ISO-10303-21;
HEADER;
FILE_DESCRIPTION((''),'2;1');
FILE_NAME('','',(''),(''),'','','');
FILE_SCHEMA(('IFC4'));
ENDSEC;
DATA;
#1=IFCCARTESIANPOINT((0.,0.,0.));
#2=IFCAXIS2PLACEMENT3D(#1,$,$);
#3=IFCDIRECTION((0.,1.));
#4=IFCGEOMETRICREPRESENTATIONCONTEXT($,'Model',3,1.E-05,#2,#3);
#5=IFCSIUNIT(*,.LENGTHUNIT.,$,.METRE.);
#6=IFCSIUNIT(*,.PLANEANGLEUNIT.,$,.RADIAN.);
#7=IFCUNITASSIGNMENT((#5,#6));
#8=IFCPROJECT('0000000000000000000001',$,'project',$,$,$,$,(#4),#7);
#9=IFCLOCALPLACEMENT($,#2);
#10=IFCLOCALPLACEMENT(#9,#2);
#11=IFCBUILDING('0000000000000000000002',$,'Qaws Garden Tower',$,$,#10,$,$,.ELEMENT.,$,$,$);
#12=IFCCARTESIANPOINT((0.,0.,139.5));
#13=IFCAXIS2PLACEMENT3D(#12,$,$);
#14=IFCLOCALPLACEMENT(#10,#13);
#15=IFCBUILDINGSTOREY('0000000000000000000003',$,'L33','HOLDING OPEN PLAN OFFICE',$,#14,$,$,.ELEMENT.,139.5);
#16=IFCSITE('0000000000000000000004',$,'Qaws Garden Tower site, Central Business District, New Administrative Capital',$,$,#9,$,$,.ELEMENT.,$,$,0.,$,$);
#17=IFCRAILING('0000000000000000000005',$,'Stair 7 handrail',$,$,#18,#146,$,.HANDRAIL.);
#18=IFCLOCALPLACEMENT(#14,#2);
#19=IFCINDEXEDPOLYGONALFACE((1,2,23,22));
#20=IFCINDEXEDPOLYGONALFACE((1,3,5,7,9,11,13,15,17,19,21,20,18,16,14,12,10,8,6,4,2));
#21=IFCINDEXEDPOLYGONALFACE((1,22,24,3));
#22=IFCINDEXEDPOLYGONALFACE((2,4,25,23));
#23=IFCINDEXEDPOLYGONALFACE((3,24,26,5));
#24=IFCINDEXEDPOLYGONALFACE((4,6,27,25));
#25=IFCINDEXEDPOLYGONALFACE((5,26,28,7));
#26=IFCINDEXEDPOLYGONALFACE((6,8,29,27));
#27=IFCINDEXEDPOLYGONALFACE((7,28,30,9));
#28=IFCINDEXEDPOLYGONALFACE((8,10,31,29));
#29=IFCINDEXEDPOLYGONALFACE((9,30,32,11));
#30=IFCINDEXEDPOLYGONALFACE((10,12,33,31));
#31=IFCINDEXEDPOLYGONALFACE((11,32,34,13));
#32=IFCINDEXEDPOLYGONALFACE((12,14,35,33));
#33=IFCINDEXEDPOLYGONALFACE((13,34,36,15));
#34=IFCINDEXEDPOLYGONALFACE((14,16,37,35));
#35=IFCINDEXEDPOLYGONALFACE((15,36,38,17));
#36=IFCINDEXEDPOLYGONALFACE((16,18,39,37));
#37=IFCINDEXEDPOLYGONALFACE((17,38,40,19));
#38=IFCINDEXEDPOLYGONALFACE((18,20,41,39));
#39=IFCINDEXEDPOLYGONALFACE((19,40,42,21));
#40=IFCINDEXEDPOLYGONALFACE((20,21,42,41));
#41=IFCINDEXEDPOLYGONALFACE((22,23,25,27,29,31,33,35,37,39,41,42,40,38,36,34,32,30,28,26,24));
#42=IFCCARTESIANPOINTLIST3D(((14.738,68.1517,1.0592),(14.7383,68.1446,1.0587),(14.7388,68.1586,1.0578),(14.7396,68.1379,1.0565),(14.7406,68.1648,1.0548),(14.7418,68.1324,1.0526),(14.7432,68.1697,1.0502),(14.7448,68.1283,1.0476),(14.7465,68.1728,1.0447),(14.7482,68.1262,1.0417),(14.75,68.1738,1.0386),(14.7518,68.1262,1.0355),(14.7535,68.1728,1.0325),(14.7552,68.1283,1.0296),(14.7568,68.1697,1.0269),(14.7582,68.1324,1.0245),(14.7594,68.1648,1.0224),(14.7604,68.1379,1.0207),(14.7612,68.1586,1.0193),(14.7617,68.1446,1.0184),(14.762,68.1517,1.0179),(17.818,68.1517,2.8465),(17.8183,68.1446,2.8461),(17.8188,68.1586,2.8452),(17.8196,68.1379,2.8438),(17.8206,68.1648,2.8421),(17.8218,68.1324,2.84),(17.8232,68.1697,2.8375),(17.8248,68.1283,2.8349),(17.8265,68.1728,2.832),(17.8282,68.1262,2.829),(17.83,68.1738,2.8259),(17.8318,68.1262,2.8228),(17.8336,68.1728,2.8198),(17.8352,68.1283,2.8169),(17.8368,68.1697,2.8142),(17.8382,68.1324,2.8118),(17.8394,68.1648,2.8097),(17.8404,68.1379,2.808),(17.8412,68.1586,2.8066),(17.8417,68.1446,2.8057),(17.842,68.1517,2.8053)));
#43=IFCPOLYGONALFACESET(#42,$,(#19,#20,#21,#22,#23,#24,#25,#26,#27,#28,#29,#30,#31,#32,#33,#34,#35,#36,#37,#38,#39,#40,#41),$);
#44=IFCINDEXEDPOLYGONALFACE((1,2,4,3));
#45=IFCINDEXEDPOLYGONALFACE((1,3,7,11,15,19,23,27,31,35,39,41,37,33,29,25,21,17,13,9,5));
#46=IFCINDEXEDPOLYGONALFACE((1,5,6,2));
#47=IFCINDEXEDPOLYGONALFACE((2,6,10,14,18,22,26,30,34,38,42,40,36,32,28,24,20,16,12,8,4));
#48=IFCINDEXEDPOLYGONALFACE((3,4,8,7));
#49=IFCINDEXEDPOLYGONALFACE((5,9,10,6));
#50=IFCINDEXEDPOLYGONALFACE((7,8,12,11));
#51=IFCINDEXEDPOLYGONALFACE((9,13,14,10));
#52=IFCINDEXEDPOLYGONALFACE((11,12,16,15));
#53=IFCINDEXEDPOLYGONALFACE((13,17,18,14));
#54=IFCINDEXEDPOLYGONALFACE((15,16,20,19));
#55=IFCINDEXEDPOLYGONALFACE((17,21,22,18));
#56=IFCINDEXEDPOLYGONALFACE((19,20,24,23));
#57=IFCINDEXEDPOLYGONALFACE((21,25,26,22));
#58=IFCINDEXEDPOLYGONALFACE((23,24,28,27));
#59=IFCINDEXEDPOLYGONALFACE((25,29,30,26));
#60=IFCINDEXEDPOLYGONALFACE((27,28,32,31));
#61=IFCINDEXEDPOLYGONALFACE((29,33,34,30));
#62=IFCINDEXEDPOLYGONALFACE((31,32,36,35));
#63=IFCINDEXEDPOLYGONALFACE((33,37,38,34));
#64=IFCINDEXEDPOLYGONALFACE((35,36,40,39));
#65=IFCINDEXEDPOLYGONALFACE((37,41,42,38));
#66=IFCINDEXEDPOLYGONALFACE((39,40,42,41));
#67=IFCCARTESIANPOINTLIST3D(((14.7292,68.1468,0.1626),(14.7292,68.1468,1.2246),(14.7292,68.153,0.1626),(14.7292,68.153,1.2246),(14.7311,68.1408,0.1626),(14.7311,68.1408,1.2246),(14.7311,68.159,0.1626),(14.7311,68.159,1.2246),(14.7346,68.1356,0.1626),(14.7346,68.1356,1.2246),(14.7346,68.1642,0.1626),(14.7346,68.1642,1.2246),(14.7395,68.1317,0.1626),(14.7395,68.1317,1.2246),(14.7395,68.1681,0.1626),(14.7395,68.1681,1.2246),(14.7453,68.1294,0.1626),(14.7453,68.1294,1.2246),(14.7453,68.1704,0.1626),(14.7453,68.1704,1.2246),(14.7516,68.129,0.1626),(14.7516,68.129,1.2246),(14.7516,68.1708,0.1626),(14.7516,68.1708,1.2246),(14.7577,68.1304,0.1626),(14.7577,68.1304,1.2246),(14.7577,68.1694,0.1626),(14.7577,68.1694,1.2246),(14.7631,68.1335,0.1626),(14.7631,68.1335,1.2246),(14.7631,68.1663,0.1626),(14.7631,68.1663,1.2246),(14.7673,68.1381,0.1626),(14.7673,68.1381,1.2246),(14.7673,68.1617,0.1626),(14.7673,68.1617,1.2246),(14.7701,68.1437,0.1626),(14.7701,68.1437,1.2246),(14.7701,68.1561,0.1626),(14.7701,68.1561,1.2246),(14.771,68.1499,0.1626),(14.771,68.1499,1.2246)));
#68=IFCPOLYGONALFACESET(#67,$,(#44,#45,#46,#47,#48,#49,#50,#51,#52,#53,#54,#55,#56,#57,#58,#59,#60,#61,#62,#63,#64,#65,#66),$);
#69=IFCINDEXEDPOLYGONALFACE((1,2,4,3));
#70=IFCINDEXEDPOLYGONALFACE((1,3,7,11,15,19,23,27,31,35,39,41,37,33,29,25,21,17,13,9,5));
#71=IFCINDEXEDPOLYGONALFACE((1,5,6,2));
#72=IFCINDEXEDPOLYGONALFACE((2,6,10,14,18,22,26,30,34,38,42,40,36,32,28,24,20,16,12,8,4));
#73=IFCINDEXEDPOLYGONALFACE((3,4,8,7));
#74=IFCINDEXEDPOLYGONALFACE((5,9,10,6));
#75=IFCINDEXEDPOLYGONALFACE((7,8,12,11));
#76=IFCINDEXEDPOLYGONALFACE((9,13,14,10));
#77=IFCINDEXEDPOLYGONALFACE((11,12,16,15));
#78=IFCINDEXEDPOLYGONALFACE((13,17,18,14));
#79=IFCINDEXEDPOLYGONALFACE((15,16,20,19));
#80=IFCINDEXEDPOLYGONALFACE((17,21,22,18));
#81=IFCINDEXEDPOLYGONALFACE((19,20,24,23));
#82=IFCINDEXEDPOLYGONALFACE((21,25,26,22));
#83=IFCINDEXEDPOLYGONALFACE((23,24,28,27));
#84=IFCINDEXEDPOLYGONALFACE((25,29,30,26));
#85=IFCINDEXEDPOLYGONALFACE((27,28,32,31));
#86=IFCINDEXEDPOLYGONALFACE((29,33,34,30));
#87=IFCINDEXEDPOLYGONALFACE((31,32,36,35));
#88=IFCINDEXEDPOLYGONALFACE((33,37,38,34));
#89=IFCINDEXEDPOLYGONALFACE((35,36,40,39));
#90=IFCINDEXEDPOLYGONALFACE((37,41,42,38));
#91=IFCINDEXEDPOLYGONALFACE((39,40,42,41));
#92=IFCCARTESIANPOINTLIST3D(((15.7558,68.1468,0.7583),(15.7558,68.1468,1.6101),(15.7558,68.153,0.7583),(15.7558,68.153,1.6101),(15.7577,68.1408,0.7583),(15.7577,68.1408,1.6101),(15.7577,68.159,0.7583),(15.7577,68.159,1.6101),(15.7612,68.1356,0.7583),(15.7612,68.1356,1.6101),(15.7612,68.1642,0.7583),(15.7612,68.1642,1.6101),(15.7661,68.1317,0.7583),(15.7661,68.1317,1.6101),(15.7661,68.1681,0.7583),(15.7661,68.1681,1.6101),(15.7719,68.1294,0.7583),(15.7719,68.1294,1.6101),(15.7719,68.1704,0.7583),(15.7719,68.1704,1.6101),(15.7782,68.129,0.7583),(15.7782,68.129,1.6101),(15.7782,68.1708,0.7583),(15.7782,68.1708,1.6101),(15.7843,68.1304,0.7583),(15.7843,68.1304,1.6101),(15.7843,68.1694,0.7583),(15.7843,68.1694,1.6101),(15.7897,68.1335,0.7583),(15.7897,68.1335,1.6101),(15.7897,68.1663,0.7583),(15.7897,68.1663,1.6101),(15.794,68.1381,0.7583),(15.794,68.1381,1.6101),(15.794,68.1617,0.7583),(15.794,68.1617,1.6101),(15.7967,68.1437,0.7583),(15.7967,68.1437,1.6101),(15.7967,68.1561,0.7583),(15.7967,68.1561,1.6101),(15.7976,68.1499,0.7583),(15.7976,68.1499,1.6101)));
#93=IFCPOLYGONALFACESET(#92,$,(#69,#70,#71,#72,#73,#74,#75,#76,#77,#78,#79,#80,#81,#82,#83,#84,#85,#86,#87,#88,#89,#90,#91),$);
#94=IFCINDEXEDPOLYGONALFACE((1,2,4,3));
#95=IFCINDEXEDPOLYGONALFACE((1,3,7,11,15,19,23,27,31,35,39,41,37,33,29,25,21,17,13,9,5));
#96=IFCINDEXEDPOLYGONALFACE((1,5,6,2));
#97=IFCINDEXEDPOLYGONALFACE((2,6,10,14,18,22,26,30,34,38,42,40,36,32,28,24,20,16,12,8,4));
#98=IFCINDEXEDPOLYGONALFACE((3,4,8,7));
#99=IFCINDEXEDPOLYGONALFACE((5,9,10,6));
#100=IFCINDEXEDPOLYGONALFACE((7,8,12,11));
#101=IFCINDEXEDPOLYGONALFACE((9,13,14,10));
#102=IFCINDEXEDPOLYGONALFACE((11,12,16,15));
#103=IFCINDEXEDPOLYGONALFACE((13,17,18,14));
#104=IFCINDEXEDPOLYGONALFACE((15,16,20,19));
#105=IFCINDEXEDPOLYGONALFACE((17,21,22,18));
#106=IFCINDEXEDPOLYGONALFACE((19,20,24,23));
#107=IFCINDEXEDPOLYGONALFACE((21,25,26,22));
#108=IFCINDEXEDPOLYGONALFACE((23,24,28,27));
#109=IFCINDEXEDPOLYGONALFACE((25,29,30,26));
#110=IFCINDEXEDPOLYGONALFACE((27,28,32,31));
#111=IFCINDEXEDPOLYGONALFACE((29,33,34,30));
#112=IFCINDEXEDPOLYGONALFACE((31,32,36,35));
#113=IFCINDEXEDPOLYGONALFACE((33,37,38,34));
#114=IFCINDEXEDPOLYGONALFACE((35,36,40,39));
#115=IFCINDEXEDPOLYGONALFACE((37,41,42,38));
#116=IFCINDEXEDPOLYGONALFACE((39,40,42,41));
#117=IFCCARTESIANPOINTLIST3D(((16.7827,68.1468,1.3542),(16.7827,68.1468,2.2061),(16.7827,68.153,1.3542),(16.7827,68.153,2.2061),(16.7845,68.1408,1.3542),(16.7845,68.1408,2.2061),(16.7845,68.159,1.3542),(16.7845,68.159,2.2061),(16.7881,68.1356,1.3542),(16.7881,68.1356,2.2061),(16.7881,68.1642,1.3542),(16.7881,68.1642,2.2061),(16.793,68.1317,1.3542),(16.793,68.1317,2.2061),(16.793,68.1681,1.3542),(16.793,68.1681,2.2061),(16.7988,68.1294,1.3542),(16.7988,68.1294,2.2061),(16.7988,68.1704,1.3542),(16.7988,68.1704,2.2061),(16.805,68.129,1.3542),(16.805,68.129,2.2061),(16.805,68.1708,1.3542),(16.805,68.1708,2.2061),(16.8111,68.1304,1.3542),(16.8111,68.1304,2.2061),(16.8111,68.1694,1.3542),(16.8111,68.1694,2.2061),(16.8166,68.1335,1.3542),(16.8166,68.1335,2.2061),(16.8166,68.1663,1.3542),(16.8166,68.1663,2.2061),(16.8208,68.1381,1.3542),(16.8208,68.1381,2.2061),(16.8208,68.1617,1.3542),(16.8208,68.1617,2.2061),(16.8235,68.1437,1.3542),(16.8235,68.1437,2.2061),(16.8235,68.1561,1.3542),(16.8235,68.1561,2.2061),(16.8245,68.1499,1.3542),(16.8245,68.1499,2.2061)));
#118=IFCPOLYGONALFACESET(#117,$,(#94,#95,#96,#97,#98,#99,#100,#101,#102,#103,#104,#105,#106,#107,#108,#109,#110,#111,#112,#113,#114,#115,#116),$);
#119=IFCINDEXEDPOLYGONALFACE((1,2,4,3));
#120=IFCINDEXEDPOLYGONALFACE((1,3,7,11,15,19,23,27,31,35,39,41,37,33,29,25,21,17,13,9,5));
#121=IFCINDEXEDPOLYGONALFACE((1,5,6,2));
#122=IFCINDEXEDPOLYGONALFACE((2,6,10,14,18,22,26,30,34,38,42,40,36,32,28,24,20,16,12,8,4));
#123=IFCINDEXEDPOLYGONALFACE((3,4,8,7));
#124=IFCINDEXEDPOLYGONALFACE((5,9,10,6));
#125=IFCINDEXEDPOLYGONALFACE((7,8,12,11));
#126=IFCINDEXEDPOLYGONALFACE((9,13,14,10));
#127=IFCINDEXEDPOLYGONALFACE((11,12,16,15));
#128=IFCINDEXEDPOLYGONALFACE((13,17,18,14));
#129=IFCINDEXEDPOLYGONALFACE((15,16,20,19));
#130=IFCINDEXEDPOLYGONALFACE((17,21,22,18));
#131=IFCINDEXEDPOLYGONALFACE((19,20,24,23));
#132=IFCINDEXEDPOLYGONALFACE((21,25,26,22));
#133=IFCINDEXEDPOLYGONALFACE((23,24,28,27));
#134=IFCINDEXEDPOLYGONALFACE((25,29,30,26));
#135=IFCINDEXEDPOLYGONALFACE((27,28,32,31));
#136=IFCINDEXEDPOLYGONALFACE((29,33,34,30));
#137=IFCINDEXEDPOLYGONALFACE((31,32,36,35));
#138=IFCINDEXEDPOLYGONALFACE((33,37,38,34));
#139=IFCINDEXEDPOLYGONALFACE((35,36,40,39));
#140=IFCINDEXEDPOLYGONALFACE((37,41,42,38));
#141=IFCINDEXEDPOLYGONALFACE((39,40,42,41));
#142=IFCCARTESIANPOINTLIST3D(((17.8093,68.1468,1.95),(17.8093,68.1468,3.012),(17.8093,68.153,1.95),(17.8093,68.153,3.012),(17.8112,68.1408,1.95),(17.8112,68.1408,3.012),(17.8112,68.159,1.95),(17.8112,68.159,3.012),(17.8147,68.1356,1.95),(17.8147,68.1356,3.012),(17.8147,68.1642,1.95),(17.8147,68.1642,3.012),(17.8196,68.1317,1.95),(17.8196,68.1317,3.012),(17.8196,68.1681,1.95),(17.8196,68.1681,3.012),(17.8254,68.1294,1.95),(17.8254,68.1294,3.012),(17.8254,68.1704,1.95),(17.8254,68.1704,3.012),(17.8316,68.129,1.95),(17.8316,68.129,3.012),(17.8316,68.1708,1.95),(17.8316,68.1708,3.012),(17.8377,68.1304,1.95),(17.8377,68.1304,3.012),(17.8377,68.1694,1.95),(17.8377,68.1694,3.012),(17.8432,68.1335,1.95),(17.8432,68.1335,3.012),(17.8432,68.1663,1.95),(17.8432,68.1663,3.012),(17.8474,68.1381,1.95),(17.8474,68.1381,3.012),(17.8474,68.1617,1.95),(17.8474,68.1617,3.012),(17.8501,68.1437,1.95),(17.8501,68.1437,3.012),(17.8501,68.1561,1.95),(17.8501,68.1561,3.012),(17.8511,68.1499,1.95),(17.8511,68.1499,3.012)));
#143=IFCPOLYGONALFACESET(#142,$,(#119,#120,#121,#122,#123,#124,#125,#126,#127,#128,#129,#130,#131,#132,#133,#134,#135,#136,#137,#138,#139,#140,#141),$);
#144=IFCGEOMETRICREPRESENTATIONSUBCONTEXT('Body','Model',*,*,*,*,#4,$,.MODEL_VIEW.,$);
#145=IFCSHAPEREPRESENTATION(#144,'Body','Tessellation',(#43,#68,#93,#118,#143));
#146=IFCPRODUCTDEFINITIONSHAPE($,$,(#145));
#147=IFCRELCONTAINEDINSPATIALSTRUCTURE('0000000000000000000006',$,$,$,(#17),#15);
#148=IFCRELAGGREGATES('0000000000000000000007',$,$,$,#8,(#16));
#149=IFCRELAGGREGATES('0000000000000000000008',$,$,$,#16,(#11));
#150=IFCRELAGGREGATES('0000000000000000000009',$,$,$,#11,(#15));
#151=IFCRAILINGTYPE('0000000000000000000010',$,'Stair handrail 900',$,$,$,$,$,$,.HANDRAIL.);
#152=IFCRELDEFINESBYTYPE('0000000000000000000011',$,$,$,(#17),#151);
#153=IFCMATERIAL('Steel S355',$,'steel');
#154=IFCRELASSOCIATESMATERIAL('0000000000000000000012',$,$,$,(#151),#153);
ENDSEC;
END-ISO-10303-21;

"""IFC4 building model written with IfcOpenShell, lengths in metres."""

from ifc_helpers import new_model, si_unit, direction, frame, origin, origin_2d, place, context, subcontext, project, spatial, circle, extrude, material, type_object, element, save


model = new_model("IFC4")

# Units and contexts
model_context = context("Model", 3, precision=1e-05, world=origin(), true_north=direction((0.0, 1.0)))
body_context = subcontext(model_context, "Body", "Model", "MODEL_VIEW")
ifc_project = project(units=[si_unit("LENGTHUNIT", "METRE"), si_unit("PLANEANGLEUNIT", "RADIAN")], contexts=[model_context])

# Site, building, storey
site_placement = place(None, origin())
site = spatial("IfcSite", under=ifc_project, at=site_placement, Name="Qaws Garden Tower site, Central Business District, New Administrative Capital", CompositionType="ELEMENT", RefElevation=0.0)
building_placement = place(site_placement, origin())
building = spatial("IfcBuilding", under=site, at=building_placement, Name="Qaws Garden Tower", CompositionType="ELEMENT")
storey_placement = place(building_placement, frame((0.0, 0.0, 139.5)))
storey = spatial("IfcBuildingStorey", under=building, at=storey_placement, Name="L33", Description="HOLDING OPEN PLAN OFFICE", CompositionType="ELEMENT", Elevation=139.5)

# Railing
ifc_material_1 = material(Name="Steel S355", Category="steel")
railing_type = type_object("IfcRailingType", Name="Stair handrail 900", PredefinedType="HANDRAIL", material=ifc_material_1)
railing_1_placement = place(storey_placement, frame((14.75, 68.1499, 0.1626)))
element("IfcRailing", 1, at=railing_1_placement, inside=storey, type_object=railing_type, Name="Stair 7 handrail", PredefinedType="HANDRAIL", context=body_context, shape_type="SweptSolid", body=[
    extrude(circle(Radius=0.0239, at=origin_2d()), frame((0.0, 0.0, 0.876), z_axis=(0.86492, 0.0, 0.501909), x_axis=(0.0, 1.0, 0.0)), (0.0, 0.0, 1.0), 3.561),
    extrude(circle(Radius=0.021, at=origin_2d()), origin(), (0.0, 0.0, 1.0), 1.062),
    extrude(circle(Radius=0.021, at=origin_2d()), frame((1.0266, 0.0, 0.5957)), (0.0, 0.0, 1.0), 0.8518),
    extrude(circle(Radius=0.021, at=origin_2d()), frame((2.0535, 0.0, 1.1917)), (0.0, 0.0, 1.0), 0.8518),
    extrude(circle(Radius=0.021, at=origin_2d()), frame((3.0801, 0.0, 1.7874)), (0.0, 0.0, 1.0), 1.062),
])

save(model, "model.ifc")
